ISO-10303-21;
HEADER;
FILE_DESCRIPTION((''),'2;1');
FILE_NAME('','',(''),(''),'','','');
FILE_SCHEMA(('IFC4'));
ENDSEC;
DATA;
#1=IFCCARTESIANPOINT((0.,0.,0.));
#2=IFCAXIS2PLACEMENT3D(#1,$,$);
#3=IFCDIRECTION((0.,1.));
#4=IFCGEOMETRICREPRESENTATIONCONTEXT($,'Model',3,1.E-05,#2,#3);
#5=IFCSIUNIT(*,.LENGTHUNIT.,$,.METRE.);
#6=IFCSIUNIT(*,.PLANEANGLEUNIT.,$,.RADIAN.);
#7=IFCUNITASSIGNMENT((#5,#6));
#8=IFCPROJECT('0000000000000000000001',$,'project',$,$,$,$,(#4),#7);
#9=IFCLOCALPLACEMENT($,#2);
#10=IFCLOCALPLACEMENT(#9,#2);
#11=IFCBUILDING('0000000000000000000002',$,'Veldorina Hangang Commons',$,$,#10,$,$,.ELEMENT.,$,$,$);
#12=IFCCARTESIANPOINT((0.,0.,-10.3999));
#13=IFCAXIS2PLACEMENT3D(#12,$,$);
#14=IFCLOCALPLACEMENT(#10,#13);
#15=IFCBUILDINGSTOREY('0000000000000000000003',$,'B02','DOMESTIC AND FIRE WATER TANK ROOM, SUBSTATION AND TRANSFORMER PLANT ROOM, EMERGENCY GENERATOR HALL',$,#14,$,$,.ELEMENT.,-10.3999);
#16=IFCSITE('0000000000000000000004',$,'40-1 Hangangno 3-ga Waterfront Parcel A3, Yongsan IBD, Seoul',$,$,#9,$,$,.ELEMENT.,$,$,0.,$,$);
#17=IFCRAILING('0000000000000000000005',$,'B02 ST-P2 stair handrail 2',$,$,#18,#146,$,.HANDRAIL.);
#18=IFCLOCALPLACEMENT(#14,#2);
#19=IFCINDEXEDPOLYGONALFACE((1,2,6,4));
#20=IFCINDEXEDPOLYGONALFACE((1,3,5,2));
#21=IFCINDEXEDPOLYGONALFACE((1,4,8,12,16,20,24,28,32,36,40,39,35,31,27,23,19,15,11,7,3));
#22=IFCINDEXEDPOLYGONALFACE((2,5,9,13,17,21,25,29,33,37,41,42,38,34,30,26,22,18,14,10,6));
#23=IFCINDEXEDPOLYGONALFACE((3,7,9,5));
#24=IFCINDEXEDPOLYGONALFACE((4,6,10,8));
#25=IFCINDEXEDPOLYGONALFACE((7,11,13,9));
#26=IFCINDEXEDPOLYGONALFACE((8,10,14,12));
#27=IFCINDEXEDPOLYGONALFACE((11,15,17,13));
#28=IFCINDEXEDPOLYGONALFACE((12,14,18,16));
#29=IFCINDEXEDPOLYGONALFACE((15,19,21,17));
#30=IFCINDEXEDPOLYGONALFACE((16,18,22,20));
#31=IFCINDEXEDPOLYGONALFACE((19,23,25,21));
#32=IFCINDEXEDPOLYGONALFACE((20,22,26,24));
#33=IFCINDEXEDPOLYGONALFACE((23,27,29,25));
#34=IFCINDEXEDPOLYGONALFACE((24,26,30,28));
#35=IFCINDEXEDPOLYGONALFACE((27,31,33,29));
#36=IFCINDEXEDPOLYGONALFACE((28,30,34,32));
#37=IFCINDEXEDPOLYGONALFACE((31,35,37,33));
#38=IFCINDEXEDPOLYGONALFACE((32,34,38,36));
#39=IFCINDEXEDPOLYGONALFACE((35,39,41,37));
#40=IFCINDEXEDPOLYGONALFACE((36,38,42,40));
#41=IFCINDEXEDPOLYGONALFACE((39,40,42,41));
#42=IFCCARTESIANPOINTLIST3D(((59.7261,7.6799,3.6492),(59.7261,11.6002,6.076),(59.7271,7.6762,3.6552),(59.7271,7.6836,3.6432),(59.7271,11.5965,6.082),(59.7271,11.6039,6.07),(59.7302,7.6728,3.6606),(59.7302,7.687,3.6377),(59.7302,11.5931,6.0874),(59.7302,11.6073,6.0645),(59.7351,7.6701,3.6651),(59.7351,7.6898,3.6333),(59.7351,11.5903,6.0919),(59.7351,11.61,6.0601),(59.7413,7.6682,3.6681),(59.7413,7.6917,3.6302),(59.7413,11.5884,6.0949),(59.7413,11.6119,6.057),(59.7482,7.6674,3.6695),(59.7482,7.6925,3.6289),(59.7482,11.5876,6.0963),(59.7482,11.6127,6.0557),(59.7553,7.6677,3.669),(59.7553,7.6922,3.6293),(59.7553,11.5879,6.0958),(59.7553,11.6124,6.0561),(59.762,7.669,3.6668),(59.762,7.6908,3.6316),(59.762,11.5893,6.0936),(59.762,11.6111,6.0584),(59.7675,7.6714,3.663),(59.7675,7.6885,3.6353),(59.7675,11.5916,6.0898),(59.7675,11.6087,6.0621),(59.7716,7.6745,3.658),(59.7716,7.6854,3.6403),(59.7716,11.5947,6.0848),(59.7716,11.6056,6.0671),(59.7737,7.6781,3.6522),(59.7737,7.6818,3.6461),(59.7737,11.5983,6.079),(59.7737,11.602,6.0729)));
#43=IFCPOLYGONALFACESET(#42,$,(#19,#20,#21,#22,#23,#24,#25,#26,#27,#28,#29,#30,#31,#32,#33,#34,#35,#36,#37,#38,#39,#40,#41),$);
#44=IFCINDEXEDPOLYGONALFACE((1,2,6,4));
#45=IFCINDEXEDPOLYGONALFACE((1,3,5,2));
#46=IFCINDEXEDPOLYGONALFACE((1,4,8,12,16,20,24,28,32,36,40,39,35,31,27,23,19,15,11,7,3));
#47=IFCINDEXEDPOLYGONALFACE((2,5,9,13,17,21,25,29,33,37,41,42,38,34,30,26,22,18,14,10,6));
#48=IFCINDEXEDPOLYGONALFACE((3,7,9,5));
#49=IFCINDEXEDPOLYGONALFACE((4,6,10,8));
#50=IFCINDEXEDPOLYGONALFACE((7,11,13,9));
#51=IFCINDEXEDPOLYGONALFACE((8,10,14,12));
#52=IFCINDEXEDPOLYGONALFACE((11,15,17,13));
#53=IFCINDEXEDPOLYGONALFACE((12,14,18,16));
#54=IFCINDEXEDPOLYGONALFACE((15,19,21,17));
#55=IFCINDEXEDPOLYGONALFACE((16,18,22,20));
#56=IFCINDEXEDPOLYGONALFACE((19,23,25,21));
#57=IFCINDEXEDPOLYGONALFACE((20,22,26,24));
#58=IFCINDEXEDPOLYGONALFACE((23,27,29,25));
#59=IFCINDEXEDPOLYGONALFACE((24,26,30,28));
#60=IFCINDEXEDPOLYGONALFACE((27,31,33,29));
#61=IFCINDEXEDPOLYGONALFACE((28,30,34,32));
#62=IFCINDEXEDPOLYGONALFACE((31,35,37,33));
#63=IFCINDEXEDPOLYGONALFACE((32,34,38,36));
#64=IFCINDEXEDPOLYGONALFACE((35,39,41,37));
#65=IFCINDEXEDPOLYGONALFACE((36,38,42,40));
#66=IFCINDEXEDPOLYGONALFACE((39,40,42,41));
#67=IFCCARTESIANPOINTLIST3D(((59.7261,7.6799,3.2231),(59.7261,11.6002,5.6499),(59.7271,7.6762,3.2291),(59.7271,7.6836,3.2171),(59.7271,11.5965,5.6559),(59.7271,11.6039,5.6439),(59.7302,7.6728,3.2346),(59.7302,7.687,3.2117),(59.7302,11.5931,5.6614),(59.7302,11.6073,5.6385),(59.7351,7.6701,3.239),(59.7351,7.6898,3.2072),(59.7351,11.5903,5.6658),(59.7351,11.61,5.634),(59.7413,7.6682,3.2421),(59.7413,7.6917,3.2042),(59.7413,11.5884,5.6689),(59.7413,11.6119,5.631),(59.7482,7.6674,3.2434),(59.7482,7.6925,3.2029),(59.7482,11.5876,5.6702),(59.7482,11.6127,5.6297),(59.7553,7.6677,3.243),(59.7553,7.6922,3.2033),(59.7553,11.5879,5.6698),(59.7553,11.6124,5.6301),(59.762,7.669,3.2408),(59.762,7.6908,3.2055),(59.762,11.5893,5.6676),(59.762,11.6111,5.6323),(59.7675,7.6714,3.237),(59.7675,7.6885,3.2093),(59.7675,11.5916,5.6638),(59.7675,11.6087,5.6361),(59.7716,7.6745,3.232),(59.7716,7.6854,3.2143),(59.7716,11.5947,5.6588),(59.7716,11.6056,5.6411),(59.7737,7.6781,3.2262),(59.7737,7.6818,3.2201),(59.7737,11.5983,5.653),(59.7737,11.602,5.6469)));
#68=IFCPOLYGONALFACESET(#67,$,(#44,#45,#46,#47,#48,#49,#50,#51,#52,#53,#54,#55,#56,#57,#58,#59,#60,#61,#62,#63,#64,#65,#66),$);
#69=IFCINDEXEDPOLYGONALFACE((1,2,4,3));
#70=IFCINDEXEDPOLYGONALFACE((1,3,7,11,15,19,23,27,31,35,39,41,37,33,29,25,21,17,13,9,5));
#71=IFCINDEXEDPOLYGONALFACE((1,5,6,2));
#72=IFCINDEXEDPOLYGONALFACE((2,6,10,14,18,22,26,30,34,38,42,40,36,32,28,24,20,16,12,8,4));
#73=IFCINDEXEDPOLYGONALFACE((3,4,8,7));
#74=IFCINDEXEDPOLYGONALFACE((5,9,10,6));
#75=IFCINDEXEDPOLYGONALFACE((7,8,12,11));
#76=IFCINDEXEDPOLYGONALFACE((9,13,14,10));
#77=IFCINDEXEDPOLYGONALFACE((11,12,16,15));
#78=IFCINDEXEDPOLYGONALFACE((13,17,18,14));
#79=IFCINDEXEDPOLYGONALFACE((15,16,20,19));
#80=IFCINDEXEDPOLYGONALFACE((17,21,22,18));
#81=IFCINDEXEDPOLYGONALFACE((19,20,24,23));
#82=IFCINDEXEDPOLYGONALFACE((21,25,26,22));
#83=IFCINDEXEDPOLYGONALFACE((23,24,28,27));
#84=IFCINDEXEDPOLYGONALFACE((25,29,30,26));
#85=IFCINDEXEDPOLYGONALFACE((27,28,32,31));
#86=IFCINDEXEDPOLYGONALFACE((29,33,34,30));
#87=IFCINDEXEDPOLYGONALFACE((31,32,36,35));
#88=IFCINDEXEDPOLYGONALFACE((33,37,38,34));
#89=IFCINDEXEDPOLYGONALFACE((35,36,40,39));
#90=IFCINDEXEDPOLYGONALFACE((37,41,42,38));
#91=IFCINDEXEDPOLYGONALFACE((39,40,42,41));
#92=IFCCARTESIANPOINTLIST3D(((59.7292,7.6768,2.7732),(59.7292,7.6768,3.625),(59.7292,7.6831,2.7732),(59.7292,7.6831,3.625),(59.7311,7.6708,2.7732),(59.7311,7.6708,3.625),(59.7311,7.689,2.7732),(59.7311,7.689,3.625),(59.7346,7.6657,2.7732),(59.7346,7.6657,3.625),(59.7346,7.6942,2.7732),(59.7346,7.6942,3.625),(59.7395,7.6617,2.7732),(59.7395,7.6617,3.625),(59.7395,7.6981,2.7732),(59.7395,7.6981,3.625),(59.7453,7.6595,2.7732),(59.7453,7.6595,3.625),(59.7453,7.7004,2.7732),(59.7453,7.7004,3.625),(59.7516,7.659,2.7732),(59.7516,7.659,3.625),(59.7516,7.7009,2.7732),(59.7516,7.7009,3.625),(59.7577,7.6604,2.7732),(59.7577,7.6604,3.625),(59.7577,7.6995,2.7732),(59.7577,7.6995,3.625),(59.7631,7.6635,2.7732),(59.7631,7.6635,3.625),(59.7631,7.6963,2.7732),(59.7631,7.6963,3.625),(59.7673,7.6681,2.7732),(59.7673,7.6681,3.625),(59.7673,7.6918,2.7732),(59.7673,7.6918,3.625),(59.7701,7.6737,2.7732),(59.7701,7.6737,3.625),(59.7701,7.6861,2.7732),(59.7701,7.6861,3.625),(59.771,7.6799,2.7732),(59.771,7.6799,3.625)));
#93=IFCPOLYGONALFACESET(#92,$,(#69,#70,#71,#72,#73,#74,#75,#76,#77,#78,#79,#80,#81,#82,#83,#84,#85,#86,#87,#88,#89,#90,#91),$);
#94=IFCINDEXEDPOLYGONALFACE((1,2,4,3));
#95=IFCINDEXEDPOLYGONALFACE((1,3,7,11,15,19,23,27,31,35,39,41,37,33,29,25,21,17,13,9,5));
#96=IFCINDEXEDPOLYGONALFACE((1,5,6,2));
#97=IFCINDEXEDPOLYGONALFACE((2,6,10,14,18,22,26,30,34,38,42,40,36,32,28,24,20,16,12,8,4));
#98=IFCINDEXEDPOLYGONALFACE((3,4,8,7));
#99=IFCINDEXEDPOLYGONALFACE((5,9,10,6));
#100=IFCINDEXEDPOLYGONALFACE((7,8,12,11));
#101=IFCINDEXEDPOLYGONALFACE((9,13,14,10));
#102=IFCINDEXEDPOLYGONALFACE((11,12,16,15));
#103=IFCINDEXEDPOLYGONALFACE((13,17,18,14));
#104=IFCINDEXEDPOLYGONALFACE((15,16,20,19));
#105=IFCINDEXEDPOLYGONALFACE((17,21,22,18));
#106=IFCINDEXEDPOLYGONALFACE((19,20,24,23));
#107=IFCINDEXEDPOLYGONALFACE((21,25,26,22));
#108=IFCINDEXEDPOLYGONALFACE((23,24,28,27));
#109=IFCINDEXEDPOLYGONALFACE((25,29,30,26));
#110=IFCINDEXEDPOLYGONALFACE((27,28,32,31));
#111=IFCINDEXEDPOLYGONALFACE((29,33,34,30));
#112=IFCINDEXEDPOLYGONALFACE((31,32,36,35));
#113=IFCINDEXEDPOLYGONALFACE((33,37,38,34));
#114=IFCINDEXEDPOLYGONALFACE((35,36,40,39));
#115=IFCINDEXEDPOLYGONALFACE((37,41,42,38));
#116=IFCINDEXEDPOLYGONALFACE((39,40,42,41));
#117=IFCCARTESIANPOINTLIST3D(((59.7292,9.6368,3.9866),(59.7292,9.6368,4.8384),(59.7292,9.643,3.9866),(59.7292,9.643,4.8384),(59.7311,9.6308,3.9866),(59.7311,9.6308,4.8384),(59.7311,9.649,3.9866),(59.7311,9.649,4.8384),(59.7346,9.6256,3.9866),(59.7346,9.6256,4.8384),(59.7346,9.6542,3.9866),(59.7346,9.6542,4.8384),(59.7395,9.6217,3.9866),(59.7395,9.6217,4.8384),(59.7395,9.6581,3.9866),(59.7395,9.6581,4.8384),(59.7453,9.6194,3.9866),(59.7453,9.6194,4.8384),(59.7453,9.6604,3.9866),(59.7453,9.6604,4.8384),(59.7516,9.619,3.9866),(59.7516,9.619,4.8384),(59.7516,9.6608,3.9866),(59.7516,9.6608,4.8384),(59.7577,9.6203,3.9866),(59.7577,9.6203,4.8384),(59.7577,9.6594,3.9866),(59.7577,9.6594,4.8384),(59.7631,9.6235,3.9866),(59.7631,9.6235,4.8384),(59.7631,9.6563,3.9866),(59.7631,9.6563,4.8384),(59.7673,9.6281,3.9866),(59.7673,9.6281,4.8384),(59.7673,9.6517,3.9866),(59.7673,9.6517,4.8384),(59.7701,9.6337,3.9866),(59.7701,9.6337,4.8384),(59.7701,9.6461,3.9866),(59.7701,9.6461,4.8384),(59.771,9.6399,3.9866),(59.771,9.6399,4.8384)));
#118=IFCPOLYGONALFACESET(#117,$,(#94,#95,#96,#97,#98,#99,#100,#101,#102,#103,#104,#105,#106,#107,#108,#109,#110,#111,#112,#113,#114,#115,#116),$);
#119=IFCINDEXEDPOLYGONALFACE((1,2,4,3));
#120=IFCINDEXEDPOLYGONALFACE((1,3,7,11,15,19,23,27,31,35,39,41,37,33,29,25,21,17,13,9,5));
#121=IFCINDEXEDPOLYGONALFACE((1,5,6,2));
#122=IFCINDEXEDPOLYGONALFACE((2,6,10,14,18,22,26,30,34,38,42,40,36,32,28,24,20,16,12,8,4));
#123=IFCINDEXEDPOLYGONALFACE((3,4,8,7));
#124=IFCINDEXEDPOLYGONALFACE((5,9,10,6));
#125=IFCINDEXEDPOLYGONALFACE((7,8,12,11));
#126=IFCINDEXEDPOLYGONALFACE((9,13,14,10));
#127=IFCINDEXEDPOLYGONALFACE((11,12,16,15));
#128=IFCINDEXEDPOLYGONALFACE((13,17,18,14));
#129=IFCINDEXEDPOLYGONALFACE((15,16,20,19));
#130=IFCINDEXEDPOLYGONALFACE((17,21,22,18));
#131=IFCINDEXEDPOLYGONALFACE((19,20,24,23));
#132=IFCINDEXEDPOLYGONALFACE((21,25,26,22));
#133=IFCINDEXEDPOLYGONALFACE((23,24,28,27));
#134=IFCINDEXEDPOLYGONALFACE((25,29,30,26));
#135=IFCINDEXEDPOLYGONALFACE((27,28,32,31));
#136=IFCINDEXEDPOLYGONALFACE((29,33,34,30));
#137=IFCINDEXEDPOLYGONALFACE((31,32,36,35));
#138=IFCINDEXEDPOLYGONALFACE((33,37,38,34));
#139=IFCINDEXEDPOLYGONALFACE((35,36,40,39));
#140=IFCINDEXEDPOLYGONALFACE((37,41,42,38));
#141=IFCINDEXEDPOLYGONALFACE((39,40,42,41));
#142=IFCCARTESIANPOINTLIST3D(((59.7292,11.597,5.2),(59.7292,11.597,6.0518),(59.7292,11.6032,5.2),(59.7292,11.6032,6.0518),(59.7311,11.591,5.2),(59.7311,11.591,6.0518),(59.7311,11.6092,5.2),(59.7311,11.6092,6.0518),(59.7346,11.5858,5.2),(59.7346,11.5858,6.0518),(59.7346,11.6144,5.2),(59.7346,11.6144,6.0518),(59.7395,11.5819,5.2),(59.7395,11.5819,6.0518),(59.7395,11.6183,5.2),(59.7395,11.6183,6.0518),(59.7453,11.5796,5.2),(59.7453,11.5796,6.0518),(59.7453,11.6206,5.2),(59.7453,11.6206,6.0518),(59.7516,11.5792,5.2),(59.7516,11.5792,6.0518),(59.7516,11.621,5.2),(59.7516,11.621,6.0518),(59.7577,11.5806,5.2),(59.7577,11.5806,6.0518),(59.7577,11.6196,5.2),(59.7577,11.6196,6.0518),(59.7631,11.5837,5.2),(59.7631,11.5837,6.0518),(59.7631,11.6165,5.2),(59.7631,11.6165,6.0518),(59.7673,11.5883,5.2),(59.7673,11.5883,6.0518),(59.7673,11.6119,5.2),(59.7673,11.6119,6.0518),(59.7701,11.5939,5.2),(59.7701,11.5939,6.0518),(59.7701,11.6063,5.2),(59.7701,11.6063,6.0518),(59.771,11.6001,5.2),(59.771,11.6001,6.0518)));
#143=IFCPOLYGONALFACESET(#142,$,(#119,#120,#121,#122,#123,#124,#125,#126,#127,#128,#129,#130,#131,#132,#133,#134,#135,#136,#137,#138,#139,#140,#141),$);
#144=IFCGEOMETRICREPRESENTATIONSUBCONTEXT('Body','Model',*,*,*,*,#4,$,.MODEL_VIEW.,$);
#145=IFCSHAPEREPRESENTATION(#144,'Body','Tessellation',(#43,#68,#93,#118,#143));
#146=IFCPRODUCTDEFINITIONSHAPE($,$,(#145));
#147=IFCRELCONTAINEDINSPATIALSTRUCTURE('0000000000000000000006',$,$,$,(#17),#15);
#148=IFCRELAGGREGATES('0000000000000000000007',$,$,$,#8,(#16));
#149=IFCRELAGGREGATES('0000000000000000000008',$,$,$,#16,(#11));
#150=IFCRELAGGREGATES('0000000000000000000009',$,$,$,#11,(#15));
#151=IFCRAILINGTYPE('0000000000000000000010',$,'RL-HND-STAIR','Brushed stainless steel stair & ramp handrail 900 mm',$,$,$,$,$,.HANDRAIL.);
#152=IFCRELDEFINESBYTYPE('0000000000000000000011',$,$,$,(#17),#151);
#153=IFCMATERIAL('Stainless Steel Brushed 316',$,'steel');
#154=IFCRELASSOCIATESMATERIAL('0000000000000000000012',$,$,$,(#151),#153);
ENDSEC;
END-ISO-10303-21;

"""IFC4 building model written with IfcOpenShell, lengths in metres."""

from ifc_helpers import new_model, si_unit, direction, frame, origin, origin_2d, place, context, subcontext, project, spatial, circle, extrude, material, type_object, element, save


model = new_model("IFC4")

# Units and contexts
model_context = context("Model", 3, precision=1e-05, world=origin(), true_north=direction((0.0, 1.0)))
body_context = subcontext(model_context, "Body", "Model", "MODEL_VIEW")
ifc_project = project(units=[si_unit("LENGTHUNIT", "METRE"), si_unit("PLANEANGLEUNIT", "RADIAN")], contexts=[model_context])

# Site, building, storey
site_placement = place(None, origin())
site = spatial("IfcSite", under=ifc_project, at=site_placement, Name="40-1 Hangangno 3-ga Waterfront Parcel A3, Yongsan IBD, Seoul", CompositionType="ELEMENT", RefElevation=0.0)
building_placement = place(site_placement, origin())
building = spatial("IfcBuilding", under=site, at=building_placement, Name="Veldorina Hangang Commons", CompositionType="ELEMENT")
storey_placement = place(building_placement, frame((0.0, 0.0, -10.3999)))
storey = spatial("IfcBuildingStorey", under=building, at=storey_placement, Name="B02", Description="DOMESTIC AND FIRE WATER TANK ROOM, SUBSTATION AND TRANSFORMER PLANT ROOM, EMERGENCY GENERATOR HALL", CompositionType="ELEMENT", Elevation=-10.3999)

# Railing
ifc_material_1 = material(Name="Stainless Steel Brushed 316", Category="steel")
railing_type_1 = type_object("IfcRailingType", Name="RL-HND-STAIR", Description="Brushed stainless steel stair & ramp handrail 900 mm", PredefinedType="HANDRAIL", material=ifc_material_1)
railing_1_placement = place(storey_placement, frame((59.75, 7.6799, 2.7732)))
element("IfcRailing", 1, at=railing_1_placement, inside=storey, type_object=railing_type_1, Name="B02 ST-P2 stair handrail 2", PredefinedType="HANDRAIL", context=body_context, shape_type="SweptSolid", body=[
    extrude(circle(Radius=0.0239, at=origin_2d()), frame((0.0, 0.0, 0.876), z_axis=(0.0, 0.850266, 0.526353), x_axis=(-1.0, 0.0, 0.0)), (0.0, 0.0, 1.0), 4.6106),
    extrude(circle(Radius=0.0239, at=origin_2d()), frame((0.0, 0.0, 0.45), z_axis=(0.0, 0.850266, 0.526353), x_axis=(-1.0, 0.0, 0.0)), (0.0, 0.0, 1.0), 4.6106),
    extrude(circle(Radius=0.021, at=origin_2d()), origin(), (0.0, 0.0, 1.0), 0.8518),
    extrude(circle(Radius=0.021, at=origin_2d()), frame((0.0, 1.96, 1.2134)), (0.0, 0.0, 1.0), 0.8518),
    extrude(circle(Radius=0.021, at=origin_2d()), frame((0.0, 3.9202, 2.4268)), (0.0, 0.0, 1.0), 0.8518),
])

save(model, "model.ifc")
